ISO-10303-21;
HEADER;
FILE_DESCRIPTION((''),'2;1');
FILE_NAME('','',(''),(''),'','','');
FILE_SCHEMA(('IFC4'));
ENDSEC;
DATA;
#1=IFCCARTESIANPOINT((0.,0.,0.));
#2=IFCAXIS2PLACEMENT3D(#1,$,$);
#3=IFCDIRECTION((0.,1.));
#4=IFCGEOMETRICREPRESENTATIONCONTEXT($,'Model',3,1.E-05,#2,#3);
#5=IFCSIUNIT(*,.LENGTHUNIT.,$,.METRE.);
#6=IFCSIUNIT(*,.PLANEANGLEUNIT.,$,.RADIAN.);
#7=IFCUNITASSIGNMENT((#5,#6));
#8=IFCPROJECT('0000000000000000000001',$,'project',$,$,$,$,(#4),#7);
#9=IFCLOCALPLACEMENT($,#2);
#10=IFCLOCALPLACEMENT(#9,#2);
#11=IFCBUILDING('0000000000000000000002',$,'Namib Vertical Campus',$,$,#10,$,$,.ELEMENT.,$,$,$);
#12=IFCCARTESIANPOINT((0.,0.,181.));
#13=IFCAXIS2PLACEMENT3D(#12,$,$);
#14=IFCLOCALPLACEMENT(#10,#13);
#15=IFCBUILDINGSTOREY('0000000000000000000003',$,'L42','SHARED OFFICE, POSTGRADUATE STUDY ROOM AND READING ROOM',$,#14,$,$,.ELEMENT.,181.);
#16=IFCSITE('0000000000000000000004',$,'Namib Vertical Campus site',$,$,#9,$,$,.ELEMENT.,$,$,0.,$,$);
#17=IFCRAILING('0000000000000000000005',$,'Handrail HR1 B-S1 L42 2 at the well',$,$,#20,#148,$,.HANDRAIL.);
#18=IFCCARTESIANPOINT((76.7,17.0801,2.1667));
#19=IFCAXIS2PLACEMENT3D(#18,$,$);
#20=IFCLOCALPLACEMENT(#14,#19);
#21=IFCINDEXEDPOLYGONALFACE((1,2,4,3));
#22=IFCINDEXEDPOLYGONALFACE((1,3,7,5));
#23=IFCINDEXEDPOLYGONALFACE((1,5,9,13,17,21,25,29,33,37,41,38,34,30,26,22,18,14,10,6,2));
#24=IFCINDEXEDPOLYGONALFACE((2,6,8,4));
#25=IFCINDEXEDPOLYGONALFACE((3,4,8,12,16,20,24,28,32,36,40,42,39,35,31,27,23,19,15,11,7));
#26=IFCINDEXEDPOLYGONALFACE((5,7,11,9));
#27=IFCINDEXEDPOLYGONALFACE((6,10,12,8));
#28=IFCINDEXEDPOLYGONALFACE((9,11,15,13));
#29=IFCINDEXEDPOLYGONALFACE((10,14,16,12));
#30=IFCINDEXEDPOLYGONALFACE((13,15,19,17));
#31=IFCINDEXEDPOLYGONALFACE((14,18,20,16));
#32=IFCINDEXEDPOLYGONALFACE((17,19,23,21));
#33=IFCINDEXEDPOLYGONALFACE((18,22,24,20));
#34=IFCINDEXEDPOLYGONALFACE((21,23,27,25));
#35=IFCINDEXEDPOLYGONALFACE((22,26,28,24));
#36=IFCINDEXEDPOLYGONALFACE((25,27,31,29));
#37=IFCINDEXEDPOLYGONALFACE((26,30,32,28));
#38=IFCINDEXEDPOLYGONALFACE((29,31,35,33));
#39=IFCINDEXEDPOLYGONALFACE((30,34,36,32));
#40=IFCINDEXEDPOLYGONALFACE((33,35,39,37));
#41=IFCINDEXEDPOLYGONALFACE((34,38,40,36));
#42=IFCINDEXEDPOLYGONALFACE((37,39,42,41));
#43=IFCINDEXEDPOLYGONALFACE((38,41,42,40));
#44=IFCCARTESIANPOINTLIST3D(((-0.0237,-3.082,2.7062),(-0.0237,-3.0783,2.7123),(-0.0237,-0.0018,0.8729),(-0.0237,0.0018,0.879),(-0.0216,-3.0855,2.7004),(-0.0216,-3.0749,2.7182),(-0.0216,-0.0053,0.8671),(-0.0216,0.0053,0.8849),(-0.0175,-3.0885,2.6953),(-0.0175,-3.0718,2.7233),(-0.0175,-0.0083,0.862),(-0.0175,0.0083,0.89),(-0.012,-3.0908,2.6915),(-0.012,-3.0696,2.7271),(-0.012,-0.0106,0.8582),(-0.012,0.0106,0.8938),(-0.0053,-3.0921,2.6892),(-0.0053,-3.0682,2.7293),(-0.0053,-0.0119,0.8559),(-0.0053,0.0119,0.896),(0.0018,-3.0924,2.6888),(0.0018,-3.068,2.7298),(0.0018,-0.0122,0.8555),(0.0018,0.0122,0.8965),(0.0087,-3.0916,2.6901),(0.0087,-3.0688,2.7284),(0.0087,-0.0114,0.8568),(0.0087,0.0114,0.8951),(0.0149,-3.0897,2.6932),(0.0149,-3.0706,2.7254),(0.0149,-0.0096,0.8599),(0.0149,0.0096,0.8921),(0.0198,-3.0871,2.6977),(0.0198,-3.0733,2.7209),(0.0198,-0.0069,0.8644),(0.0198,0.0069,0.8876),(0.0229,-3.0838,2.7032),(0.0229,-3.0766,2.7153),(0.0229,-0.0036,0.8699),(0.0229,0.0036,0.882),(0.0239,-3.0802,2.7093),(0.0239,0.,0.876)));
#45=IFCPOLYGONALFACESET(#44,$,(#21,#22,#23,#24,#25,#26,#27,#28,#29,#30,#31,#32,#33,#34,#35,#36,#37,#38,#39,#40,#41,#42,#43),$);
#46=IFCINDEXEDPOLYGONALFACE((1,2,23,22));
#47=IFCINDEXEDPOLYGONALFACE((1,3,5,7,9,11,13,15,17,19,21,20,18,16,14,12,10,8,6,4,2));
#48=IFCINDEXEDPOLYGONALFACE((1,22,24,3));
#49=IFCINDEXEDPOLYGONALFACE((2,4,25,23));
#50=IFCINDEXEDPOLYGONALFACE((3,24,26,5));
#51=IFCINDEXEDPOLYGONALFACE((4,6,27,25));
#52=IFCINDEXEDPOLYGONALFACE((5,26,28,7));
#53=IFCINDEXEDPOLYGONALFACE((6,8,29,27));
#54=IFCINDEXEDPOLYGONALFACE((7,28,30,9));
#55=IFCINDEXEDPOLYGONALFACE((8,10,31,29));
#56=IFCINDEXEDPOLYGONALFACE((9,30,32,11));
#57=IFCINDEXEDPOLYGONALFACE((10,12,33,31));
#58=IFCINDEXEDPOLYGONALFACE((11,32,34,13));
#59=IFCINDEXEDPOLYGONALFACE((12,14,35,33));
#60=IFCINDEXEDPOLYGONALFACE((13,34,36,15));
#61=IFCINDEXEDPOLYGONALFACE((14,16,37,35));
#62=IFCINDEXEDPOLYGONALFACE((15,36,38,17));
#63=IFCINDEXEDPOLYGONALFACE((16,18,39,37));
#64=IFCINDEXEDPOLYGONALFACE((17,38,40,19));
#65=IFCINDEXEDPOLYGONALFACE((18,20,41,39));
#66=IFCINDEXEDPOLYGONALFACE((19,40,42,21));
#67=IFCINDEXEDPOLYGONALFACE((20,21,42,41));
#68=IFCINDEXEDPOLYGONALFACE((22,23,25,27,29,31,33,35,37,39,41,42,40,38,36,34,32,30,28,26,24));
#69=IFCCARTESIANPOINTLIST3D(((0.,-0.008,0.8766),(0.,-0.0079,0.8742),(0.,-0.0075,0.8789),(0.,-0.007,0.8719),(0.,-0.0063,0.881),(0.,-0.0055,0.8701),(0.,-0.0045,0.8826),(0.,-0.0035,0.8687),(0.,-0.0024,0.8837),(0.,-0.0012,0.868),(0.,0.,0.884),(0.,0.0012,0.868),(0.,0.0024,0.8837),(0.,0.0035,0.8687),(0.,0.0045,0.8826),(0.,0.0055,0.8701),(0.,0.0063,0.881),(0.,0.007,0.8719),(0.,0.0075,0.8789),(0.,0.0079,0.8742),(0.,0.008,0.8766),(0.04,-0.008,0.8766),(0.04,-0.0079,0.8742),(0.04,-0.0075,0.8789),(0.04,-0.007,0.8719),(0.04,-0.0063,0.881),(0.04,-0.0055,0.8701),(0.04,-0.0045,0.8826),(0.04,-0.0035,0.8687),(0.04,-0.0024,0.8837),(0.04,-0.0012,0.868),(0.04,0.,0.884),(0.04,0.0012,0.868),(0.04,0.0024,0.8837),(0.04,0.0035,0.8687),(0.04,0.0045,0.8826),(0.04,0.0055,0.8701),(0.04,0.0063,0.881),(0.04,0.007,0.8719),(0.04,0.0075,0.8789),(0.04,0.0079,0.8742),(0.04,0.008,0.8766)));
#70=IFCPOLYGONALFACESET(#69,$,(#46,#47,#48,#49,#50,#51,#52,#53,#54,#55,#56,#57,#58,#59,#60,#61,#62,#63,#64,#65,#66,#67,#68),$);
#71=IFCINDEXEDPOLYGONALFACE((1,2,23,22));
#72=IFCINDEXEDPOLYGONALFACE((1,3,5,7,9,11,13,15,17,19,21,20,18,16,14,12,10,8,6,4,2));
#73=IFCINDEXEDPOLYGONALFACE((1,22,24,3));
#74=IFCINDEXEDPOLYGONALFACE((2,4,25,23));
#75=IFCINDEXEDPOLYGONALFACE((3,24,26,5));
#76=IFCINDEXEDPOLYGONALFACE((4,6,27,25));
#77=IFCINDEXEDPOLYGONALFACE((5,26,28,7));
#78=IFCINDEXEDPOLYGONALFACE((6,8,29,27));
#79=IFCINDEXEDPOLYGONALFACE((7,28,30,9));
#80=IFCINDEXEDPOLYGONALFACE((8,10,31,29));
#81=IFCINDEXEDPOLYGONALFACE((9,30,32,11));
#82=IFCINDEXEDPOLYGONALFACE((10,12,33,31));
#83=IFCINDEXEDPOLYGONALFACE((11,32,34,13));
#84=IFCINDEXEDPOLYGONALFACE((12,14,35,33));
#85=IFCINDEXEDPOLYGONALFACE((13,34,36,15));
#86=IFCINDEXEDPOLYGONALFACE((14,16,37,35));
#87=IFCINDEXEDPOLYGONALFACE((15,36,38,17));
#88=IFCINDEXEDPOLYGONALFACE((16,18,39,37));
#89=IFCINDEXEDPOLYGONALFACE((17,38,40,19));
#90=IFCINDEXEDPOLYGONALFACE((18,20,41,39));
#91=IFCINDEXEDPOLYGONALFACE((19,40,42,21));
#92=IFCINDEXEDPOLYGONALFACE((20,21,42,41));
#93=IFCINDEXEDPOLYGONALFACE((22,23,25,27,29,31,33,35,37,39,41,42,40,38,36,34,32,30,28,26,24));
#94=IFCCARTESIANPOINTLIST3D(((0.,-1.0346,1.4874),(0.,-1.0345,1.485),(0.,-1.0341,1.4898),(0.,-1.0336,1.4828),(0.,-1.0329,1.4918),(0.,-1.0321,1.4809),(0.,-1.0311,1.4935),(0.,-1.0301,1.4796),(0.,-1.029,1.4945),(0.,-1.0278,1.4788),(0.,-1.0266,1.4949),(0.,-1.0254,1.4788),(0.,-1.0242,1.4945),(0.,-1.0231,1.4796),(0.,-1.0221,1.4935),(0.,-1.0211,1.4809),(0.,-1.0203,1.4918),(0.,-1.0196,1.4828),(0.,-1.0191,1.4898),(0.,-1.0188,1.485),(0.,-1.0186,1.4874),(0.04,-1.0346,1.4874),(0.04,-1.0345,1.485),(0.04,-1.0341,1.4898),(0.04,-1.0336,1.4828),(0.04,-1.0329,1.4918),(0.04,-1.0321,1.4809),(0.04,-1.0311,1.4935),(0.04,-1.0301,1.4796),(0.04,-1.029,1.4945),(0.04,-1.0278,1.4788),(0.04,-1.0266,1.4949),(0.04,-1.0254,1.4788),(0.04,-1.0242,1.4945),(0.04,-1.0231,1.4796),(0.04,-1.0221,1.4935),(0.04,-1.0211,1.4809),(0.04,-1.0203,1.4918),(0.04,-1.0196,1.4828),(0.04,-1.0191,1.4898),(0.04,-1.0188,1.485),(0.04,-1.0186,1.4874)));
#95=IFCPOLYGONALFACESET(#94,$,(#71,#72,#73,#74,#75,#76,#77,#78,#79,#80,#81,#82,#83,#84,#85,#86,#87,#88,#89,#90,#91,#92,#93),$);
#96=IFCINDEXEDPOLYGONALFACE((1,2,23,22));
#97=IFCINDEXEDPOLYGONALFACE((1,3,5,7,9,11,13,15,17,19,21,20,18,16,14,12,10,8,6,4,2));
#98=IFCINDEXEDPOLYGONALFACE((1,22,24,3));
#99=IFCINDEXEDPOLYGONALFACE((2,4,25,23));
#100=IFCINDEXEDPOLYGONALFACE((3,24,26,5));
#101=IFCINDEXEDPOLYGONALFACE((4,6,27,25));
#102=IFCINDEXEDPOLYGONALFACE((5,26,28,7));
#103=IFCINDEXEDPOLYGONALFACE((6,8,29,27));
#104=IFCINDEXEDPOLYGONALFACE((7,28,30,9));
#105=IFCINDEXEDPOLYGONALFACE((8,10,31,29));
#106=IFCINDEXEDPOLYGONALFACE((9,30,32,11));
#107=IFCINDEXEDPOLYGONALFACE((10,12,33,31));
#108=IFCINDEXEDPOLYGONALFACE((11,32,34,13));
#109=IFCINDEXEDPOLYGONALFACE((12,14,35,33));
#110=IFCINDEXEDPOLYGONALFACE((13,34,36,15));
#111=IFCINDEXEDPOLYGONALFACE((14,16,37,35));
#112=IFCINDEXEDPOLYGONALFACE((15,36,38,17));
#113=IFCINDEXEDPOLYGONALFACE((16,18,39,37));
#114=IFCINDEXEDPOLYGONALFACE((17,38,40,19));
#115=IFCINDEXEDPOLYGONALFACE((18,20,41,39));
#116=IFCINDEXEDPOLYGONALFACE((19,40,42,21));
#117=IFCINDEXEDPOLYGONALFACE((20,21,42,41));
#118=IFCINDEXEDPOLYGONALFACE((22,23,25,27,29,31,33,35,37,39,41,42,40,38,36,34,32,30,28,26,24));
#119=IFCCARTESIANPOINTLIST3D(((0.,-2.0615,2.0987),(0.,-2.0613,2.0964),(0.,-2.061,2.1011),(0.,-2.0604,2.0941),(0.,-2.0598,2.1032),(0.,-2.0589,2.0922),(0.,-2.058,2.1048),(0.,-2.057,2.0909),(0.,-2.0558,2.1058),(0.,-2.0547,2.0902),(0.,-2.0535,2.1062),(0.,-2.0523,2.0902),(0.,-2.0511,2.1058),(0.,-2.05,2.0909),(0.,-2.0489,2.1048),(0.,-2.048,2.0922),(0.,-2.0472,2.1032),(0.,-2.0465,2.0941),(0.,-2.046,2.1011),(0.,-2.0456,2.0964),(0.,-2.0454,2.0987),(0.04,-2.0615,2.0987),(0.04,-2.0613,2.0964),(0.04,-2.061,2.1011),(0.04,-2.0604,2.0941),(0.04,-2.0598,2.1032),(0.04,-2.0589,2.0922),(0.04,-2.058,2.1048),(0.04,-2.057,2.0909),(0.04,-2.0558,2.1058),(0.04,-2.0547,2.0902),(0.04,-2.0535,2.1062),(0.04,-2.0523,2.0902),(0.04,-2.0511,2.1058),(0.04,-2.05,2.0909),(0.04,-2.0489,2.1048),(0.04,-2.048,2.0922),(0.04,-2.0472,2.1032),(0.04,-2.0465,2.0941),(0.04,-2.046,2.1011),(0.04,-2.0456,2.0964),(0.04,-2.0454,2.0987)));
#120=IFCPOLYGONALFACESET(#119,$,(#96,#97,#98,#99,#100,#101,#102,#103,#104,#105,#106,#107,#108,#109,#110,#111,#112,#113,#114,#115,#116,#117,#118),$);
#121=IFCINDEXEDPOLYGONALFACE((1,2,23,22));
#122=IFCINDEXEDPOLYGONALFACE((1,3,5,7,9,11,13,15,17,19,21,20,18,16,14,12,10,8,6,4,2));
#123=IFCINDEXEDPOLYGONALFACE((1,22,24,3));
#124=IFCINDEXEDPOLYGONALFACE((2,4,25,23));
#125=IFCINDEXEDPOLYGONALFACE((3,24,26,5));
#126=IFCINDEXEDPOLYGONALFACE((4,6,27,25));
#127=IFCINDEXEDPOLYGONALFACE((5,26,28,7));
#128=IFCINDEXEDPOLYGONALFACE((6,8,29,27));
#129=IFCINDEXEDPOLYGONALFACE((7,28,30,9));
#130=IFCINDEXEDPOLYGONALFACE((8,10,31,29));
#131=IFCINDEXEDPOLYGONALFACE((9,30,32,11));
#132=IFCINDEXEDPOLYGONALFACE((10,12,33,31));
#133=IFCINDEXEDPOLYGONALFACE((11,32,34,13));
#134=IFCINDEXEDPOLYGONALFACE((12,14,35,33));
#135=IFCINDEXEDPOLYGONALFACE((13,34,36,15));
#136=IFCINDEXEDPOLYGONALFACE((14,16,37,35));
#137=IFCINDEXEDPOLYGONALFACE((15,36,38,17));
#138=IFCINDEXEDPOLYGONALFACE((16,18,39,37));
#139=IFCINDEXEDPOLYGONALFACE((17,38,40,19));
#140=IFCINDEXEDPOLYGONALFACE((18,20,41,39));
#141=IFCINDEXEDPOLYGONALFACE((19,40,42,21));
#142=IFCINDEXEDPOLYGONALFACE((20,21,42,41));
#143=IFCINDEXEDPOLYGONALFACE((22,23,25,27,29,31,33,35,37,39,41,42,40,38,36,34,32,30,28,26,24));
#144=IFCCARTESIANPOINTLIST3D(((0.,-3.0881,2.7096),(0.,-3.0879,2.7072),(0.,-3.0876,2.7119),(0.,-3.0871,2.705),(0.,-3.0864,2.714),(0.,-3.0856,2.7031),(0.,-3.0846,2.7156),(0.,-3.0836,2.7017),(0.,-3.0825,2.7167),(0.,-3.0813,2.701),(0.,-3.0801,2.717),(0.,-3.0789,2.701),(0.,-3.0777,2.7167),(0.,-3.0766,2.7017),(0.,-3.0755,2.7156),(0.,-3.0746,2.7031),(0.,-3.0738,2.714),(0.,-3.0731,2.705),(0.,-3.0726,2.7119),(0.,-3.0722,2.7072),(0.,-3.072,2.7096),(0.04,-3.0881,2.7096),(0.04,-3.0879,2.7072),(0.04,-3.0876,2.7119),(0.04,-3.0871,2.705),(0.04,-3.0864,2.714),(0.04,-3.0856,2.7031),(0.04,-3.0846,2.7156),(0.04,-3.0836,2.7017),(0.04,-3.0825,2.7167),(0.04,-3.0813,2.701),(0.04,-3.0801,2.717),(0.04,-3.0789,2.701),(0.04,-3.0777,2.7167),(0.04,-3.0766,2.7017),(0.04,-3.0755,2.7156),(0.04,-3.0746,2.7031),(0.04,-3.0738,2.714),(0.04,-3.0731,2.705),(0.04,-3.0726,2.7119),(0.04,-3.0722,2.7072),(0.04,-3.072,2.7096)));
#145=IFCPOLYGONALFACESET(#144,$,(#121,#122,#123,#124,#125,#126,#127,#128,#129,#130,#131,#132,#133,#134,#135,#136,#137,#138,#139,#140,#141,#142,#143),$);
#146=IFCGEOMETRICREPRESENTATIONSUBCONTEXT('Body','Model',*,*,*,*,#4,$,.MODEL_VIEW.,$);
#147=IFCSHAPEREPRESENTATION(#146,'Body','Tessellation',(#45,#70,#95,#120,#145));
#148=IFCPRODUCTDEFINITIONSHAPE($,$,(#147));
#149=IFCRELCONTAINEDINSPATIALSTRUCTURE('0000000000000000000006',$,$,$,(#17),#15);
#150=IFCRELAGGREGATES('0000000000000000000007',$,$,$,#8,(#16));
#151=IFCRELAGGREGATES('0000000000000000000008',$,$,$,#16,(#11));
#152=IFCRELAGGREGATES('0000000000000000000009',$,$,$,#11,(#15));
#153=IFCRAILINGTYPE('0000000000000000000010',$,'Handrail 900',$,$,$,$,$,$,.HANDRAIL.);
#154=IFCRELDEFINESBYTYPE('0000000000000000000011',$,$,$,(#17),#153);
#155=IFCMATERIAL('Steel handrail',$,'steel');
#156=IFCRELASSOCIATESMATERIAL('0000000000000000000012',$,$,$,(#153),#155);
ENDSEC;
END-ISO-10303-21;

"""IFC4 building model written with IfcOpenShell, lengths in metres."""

from ifc_helpers import new_model, si_unit, direction, frame, origin, origin_2d, place, context, subcontext, project, spatial, circle, extrude, material, type_object, element, save


model = new_model("IFC4")

# Units and contexts
model_context = context("Model", 3, precision=1e-05, world=origin(), true_north=direction((0.0, 1.0)))
body_context = subcontext(model_context, "Body", "Model", "MODEL_VIEW")
ifc_project = project(units=[si_unit("LENGTHUNIT", "METRE"), si_unit("PLANEANGLEUNIT", "RADIAN")], contexts=[model_context])

# Site, building, storey
site_placement = place(None, origin())
site = spatial("IfcSite", under=ifc_project, at=site_placement, Name="Namib Vertical Campus site", CompositionType="ELEMENT", RefElevation=0.0)
building_placement = place(site_placement, origin())
building = spatial("IfcBuilding", under=site, at=building_placement, Name="Namib Vertical Campus", CompositionType="ELEMENT")
storey_placement = place(building_placement, frame((0.0, 0.0, 181.0)))
storey = spatial("IfcBuildingStorey", under=building, at=storey_placement, Name="L42", Description="SHARED OFFICE, POSTGRADUATE STUDY ROOM AND READING ROOM", CompositionType="ELEMENT", Elevation=181.0)

# Railing
ifc_material_1 = material(Name="Steel handrail", Category="steel")
railing_type_1 = type_object("IfcRailingType", Name="Handrail 900", PredefinedType="HANDRAIL", material=ifc_material_1)
railing_1_placement = place(storey_placement, frame((76.7, 17.0801, 2.1667)))
element("IfcRailing", 1, at=railing_1_placement, inside=storey, type_object=railing_type_1, Name="Handrail HR1 B-S1 L42 2 at the well", PredefinedType="HANDRAIL", context=body_context, shape_type="SweptSolid", body=[
    extrude(circle(Radius=0.0239, at=origin_2d()), frame((0.0, 0.0, 0.876), z_axis=(0.0, -0.859309, 0.511458), x_axis=(1.0, 0.0, 0.0)), (0.0, 0.0, 1.0), 3.5845),
    extrude(circle(Radius=0.0081, at=origin_2d()), frame((0.0, 0.0, 0.876), z_axis=(1.0, 0.0, 0.0), x_axis=(0.0, 0.0, 1.0)), (0.0, 0.0, 1.0), 0.04),
    extrude(circle(Radius=0.0081, at=origin_2d()), frame((0.0, -1.0266, 1.4868), z_axis=(1.0, 0.0, 0.0), x_axis=(0.0, 0.0, 1.0)), (0.0, 0.0, 1.0), 0.04),
    extrude(circle(Radius=0.0081, at=origin_2d()), frame((0.0, -2.0535, 2.0981), z_axis=(1.0, 0.0, 0.0), x_axis=(0.0, 0.0, 1.0)), (0.0, 0.0, 1.0), 0.04),
    extrude(circle(Radius=0.0081, at=origin_2d()), frame((0.0, -3.0801, 2.709), z_axis=(1.0, 0.0, 0.0), x_axis=(0.0, 0.0, 1.0)), (0.0, 0.0, 1.0), 0.04),
])

save(model, "model.ifc")
